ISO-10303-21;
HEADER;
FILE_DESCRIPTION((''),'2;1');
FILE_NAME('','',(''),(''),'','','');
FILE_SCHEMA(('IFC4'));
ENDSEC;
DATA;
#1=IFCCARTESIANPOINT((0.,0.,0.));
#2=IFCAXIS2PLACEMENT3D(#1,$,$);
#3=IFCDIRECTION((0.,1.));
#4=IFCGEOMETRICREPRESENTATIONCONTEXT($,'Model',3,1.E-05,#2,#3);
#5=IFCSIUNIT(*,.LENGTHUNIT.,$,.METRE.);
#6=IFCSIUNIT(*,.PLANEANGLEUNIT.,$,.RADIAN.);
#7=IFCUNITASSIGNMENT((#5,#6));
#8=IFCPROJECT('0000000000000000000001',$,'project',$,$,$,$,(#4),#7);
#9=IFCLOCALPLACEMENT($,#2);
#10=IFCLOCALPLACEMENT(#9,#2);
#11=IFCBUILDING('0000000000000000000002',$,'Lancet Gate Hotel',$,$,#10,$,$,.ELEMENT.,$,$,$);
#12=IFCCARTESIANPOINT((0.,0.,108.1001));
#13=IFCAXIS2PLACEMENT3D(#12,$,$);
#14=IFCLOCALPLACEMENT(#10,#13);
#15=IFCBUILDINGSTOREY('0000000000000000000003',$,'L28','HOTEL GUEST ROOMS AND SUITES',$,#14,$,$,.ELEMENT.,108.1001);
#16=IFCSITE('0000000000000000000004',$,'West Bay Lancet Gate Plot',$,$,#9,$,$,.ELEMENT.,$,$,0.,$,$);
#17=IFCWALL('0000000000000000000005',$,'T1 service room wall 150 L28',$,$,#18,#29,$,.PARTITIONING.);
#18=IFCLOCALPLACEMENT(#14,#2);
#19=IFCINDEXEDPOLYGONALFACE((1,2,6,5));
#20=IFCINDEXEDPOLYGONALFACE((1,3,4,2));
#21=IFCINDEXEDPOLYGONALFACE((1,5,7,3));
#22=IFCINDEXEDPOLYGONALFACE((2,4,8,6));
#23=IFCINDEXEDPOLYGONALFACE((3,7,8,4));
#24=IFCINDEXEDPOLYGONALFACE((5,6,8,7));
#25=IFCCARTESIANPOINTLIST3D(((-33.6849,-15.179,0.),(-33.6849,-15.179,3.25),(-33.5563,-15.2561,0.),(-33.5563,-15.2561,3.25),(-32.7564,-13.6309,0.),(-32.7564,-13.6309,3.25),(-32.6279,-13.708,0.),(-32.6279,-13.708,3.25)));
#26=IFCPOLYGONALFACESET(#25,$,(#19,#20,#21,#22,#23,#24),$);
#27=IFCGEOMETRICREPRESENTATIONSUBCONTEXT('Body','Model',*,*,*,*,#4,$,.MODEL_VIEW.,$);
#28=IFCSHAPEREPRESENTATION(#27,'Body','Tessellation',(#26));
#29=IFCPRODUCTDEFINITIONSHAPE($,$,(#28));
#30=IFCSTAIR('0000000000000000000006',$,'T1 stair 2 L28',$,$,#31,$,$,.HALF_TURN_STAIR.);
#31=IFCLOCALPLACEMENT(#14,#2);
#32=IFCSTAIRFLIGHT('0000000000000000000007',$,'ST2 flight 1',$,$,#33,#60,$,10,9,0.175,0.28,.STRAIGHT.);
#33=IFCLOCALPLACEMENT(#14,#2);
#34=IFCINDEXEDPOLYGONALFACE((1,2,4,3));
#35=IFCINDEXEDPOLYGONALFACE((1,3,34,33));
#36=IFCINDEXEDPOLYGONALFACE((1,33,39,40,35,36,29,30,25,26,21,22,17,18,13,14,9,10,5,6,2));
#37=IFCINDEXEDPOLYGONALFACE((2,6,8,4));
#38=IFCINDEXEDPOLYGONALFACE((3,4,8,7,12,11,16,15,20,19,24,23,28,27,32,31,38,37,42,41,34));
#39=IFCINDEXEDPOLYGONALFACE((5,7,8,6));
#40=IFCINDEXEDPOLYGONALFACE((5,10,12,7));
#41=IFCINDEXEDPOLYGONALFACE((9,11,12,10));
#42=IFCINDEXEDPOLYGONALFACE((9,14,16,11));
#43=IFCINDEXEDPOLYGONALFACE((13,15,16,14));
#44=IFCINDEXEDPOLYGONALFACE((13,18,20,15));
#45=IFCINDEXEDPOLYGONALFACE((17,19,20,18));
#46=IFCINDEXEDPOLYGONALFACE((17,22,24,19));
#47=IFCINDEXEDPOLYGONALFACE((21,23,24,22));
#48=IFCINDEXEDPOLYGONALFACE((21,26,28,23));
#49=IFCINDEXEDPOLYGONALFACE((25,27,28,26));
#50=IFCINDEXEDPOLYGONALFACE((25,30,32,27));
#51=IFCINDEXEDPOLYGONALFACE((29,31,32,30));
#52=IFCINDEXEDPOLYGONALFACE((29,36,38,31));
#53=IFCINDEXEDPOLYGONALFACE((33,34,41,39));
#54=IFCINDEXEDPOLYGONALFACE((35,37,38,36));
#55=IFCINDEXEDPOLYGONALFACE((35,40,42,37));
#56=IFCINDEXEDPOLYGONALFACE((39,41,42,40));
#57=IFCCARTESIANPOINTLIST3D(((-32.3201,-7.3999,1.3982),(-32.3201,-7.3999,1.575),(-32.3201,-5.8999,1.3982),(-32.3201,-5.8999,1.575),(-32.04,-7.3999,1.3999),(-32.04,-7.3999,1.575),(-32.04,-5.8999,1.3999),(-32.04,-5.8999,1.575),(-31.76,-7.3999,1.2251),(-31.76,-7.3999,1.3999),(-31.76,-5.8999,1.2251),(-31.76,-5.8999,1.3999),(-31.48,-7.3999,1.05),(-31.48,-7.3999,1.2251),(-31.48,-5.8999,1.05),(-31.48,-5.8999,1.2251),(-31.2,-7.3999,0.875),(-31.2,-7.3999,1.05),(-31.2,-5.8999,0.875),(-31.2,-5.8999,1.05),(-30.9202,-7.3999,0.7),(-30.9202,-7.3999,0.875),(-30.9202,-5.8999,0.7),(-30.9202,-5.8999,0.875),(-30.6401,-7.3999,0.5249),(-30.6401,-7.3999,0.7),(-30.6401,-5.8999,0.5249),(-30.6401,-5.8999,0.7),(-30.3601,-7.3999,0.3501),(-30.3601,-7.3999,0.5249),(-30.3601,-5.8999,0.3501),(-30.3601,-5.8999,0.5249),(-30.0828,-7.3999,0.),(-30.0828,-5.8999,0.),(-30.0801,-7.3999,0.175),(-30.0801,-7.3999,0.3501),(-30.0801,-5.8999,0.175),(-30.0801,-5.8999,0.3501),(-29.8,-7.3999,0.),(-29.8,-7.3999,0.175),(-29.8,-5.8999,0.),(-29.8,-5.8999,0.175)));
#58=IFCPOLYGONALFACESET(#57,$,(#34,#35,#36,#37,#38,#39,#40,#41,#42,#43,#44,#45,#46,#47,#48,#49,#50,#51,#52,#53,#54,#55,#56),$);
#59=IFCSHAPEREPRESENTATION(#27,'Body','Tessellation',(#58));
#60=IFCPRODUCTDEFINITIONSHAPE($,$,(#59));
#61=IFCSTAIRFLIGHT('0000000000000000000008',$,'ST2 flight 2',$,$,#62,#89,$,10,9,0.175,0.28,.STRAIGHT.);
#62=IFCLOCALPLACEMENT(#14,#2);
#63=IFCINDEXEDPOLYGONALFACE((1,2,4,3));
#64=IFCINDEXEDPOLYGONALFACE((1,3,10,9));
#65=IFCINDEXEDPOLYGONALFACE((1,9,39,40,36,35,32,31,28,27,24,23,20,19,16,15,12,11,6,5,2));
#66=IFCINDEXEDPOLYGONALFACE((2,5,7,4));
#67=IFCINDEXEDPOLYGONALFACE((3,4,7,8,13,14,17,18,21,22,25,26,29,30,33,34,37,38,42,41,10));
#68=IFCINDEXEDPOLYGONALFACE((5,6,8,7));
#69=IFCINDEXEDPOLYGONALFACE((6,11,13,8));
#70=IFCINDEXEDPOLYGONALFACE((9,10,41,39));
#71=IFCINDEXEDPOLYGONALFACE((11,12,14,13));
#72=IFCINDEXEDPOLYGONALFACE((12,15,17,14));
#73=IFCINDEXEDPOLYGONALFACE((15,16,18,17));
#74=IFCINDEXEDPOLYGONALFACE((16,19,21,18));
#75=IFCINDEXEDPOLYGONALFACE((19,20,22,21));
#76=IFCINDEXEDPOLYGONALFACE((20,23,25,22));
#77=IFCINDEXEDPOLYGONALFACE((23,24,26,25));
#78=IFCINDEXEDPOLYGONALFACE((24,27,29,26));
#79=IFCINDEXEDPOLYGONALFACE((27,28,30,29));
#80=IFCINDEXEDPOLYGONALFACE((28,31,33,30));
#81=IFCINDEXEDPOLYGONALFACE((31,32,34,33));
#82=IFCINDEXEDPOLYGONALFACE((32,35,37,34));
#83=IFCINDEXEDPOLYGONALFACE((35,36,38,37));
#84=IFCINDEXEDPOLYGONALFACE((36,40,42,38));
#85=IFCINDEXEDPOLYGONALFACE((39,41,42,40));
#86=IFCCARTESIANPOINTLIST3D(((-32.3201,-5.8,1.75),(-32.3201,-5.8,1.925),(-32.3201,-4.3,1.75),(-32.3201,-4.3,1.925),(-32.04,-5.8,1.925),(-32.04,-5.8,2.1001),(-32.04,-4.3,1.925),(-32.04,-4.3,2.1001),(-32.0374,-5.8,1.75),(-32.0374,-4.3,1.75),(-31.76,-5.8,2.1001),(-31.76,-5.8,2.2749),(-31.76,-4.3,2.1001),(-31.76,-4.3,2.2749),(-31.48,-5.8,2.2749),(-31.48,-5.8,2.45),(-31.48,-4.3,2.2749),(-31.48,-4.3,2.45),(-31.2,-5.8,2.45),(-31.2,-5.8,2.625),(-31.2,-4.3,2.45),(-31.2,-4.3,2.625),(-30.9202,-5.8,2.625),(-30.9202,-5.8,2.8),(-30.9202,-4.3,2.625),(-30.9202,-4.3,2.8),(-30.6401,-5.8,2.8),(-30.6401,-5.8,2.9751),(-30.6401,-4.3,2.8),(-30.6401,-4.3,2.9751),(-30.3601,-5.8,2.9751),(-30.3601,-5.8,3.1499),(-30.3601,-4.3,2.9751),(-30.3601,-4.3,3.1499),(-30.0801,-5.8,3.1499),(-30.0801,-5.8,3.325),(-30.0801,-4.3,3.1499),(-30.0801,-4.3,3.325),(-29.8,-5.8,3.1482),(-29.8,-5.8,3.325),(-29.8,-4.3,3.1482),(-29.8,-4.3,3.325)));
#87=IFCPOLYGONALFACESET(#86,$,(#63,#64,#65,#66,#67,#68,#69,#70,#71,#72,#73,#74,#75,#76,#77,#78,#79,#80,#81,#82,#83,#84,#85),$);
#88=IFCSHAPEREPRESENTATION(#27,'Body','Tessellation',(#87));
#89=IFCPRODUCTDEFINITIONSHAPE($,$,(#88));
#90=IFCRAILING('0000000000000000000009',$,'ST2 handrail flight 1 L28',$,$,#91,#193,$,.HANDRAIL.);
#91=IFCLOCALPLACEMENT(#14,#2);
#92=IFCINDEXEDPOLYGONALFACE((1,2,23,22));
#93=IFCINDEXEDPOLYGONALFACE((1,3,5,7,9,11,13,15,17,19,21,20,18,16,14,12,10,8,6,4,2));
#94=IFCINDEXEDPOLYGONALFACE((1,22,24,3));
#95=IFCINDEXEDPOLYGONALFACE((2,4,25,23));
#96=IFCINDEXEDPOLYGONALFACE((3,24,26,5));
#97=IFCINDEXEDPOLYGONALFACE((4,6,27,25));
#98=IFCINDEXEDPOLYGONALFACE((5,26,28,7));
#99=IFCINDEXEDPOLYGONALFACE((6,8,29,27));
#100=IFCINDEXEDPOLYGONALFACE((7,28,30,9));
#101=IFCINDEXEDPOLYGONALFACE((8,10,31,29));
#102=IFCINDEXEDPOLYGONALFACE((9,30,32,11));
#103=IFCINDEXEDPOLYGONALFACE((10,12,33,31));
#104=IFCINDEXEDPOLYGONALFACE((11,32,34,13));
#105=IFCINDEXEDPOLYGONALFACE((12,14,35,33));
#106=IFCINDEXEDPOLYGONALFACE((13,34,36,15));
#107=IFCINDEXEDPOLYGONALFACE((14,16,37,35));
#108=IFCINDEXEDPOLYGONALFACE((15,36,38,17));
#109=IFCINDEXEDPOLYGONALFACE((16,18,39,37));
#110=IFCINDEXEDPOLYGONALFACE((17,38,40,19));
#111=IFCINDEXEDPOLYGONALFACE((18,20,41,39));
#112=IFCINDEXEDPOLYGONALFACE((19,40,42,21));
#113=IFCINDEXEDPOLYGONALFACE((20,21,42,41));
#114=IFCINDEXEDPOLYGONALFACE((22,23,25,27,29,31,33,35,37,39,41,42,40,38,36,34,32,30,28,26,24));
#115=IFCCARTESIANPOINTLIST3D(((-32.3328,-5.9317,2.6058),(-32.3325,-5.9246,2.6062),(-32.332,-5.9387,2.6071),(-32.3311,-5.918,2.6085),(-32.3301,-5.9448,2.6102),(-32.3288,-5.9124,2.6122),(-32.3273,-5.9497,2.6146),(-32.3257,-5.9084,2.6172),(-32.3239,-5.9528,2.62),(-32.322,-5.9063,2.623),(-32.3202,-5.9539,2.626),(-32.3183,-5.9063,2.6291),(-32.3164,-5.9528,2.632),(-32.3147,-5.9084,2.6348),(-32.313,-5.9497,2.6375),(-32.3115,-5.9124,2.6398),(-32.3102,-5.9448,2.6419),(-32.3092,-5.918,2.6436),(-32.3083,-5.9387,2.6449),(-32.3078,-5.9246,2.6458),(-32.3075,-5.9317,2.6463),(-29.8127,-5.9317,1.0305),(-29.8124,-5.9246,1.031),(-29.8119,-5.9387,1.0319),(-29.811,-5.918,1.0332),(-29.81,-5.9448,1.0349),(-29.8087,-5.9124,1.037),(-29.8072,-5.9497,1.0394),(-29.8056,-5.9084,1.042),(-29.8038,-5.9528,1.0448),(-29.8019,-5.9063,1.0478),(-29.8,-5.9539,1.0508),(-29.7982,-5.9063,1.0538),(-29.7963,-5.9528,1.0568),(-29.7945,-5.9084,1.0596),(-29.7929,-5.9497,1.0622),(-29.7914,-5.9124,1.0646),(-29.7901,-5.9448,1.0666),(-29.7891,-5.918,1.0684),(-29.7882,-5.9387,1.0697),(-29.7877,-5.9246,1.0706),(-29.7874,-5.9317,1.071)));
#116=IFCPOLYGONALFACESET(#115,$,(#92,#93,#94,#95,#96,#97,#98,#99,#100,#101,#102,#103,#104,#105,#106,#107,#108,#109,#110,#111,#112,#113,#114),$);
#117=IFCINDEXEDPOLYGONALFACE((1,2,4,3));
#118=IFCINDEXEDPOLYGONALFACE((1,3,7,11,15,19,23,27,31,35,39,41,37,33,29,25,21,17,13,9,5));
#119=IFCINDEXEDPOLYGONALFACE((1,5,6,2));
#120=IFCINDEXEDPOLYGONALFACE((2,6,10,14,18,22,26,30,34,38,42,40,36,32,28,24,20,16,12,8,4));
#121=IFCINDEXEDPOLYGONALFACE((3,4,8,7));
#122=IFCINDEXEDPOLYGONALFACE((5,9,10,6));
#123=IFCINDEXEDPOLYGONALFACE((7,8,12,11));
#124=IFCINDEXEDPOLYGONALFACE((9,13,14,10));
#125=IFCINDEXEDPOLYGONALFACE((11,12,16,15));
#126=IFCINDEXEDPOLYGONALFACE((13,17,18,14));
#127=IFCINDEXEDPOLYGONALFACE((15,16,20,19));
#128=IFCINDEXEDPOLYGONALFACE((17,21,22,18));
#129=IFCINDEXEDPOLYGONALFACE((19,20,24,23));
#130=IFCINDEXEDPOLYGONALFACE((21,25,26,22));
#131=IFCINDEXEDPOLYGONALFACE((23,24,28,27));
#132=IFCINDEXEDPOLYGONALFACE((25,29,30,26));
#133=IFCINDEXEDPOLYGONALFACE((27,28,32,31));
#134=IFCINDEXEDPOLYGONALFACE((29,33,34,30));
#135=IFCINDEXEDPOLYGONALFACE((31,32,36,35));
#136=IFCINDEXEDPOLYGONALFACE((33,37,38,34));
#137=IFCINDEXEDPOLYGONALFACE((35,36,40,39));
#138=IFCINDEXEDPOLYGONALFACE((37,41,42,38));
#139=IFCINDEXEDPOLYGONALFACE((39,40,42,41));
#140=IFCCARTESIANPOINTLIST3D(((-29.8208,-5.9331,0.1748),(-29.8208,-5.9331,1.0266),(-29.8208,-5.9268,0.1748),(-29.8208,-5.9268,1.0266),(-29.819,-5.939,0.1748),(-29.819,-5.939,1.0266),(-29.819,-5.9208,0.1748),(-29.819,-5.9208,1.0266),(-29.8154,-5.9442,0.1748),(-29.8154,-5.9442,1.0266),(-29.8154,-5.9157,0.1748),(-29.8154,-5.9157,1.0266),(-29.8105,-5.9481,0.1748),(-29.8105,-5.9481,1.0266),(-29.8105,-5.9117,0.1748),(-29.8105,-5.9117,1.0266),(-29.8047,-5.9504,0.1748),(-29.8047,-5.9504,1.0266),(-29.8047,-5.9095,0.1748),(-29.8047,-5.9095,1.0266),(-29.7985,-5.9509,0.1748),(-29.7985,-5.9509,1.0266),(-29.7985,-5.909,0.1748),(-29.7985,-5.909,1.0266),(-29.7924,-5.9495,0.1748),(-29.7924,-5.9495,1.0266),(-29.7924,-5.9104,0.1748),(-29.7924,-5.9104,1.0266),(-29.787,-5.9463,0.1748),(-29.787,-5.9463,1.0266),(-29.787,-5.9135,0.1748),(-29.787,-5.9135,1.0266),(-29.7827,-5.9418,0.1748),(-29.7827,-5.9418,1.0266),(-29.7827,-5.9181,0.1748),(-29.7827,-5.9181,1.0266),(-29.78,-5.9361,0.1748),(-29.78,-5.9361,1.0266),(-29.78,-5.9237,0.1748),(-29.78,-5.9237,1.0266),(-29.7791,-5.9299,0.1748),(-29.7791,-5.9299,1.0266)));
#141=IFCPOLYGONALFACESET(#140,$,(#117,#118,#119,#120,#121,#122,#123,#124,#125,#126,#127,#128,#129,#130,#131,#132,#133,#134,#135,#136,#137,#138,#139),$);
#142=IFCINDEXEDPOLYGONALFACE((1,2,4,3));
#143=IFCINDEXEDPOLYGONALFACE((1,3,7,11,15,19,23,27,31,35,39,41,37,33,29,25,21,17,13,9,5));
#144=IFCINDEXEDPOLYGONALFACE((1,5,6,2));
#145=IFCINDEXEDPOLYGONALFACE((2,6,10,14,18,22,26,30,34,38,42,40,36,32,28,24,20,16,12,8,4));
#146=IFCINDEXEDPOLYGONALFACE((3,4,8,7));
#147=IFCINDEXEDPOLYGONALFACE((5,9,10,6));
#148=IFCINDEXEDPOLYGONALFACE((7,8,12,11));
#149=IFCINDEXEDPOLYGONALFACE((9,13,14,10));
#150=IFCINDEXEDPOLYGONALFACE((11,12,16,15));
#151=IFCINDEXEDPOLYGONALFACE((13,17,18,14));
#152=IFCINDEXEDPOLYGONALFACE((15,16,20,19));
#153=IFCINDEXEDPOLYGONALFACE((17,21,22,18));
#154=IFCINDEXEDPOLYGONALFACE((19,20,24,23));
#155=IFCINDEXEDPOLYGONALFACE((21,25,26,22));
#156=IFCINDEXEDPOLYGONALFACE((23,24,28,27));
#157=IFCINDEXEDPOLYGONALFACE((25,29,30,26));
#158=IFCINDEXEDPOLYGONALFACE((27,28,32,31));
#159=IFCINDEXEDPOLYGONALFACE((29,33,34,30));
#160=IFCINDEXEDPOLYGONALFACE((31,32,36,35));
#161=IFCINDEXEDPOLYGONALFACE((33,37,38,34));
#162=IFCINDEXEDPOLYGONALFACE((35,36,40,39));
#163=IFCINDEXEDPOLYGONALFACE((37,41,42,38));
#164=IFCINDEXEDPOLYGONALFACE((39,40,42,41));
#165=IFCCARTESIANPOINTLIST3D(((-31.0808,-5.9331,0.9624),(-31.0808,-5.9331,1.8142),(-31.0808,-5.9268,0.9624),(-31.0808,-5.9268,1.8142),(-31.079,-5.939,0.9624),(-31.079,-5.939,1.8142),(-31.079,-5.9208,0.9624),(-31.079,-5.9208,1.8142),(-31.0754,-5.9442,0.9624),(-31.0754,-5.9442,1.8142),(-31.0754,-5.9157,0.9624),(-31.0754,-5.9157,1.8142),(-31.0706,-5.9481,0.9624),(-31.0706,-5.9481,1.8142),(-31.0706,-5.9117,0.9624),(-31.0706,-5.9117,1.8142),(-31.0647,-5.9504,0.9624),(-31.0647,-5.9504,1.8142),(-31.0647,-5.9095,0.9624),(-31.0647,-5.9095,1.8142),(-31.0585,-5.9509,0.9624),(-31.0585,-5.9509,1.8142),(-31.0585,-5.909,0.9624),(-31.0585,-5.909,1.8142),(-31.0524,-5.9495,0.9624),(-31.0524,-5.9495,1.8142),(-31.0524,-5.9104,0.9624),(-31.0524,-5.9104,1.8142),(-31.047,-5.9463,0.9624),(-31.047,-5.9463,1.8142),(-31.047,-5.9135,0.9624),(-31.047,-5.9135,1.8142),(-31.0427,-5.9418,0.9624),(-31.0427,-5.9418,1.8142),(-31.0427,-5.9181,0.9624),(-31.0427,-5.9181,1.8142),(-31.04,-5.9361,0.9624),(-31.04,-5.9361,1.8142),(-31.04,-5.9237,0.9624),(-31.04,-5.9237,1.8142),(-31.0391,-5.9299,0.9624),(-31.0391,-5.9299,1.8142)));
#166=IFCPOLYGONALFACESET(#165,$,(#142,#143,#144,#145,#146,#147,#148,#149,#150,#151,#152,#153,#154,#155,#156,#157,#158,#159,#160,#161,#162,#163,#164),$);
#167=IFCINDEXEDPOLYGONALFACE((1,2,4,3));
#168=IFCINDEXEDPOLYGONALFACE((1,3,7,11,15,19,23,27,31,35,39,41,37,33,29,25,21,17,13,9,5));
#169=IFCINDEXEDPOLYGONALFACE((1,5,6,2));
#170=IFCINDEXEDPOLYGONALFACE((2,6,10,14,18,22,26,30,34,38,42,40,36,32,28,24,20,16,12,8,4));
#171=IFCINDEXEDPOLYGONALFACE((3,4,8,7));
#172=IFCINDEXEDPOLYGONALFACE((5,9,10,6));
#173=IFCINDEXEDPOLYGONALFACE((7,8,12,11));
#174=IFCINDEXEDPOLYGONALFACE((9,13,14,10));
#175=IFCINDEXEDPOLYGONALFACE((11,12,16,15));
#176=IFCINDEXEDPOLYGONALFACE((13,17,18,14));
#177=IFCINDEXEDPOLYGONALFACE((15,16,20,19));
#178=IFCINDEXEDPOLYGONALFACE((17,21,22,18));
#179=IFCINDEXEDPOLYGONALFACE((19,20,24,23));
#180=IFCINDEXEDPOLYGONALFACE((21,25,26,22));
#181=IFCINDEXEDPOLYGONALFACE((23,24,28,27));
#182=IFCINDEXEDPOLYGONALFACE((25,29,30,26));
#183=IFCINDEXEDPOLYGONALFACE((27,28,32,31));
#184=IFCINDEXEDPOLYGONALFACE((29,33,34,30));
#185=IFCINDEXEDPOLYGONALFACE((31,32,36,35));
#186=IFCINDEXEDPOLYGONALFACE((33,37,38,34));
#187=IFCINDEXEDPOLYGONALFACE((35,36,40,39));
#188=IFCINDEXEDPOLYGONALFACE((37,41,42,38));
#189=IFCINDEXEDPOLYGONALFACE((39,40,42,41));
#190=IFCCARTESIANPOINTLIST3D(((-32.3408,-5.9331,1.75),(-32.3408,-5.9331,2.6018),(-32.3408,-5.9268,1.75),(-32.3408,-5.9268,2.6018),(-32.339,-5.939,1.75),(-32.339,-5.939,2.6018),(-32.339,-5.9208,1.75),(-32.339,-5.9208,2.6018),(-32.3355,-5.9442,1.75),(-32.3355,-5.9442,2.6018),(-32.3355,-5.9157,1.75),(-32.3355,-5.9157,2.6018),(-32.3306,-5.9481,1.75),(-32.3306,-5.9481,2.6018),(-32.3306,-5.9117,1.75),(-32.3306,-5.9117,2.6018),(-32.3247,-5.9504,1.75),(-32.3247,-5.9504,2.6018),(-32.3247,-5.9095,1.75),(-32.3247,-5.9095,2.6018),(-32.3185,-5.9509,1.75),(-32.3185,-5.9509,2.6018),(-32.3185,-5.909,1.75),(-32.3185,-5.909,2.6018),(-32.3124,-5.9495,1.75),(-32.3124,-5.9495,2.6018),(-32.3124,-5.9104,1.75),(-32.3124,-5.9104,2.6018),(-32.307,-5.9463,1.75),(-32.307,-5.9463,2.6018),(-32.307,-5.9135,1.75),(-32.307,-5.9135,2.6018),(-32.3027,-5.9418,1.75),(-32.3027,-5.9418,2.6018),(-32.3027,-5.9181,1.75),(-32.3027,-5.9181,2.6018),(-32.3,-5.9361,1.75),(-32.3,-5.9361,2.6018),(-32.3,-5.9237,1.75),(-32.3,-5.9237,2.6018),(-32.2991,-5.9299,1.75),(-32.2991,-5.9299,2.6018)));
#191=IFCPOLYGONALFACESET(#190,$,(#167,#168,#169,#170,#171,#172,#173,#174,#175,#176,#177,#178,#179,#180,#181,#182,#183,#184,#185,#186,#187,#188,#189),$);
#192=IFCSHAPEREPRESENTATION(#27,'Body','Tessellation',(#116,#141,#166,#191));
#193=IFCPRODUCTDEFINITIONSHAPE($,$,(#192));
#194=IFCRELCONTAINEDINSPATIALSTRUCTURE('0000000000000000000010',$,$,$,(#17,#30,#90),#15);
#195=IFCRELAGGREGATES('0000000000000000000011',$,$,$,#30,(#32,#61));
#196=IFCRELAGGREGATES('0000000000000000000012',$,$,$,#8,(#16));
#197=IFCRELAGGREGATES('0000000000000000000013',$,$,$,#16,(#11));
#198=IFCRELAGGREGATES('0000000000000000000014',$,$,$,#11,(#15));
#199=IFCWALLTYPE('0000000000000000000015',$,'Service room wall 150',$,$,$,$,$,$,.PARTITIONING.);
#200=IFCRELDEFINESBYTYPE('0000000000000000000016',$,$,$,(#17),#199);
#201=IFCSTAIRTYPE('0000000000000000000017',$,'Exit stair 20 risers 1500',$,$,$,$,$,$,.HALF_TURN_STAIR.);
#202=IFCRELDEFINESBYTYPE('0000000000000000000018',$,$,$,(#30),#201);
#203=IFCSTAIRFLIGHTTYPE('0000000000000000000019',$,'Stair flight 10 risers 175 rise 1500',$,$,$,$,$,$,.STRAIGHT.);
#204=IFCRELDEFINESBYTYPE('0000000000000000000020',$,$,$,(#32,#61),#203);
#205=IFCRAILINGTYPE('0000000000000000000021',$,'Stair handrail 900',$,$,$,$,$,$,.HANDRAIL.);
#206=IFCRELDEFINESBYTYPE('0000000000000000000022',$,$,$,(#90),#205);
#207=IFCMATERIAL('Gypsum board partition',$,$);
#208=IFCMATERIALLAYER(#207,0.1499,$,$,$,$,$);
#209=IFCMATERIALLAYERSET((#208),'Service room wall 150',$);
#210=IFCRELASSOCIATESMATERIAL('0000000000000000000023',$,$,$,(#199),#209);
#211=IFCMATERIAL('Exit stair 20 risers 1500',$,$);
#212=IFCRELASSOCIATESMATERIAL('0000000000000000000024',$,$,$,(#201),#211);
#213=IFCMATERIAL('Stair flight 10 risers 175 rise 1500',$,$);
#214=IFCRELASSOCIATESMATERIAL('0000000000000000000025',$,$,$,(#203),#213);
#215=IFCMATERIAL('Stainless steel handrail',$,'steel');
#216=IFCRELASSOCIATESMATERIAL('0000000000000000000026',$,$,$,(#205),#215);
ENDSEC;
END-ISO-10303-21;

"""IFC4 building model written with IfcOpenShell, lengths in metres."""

from ifc_helpers import new_model, si_unit, direction, frame, frame_2d, origin, origin_2d, place, context, subcontext, project, spatial, polyline, rectangle, circle, outline, extrude, material, layer, layer_set, type_object, element, aggregate, save


model = new_model("IFC4")

# Units and contexts
model_context = context("Model", 3, precision=1e-05, world=origin(), true_north=direction((0.0, 1.0)))
body_context = subcontext(model_context, "Body", "Model", "MODEL_VIEW")
ifc_project = project(units=[si_unit("LENGTHUNIT", "METRE"), si_unit("PLANEANGLEUNIT", "RADIAN")], contexts=[model_context])

# Site, building, storey
site_placement = place(None, origin())
site = spatial("IfcSite", under=ifc_project, at=site_placement, Name="West Bay Lancet Gate Plot", CompositionType="ELEMENT", RefElevation=0.0)
building_placement = place(site_placement, origin())
building = spatial("IfcBuilding", under=site, at=building_placement, Name="Lancet Gate Hotel", CompositionType="ELEMENT")
storey_placement = place(building_placement, frame((0.0, 0.0, 108.1001)))
storey = spatial("IfcBuildingStorey", under=building, at=storey_placement, Name="L28", Description="HOTEL GUEST ROOMS AND SUITES", CompositionType="ELEMENT", Elevation=108.1001)

# Wall
ifc_material_1 = material(Name="Gypsum board partition")
ifc_layer_1 = layer(ifc_material_1, 0.1499)
ifc_layer_set_1 = layer_set([ifc_layer_1], Name="Service room wall 150")
wall_type_1 = type_object("IfcWallType", Name="Service room wall 150", PredefinedType="PARTITIONING", material=ifc_layer_set_1)
wall_1_placement = place(storey_placement, frame((-33.6206, -15.2175, 0.0), z_axis=(0.0, 0.0, 1.0), x_axis=(0.514337, 0.857588, 0.0)))
element("IfcWall", 1, at=wall_1_placement, inside=storey, type_object=wall_type_1, Name="T1 service room wall 150 L28", PredefinedType="PARTITIONING", context=body_context, shape_type="SweptSolid", body=[
    extrude(rectangle(XDim=1.8052, YDim=0.1499, at=frame_2d((0.9026, 0.0))), origin(), (0.0, 0.0, 1.0), 3.25),
])

# Stair, stair flights
ifc_material_2 = material(Name="Exit stair 20 risers 1500")
stair_type = type_object("IfcStairType", Name="Exit stair 20 risers 1500", PredefinedType="HALF_TURN_STAIR", material=ifc_material_2)
stair_placement = place(storey_placement, origin())
stair = element("IfcStair", 2, at=stair_placement, inside=storey, type_object=stair_type, Name="T1 stair 2 L28", PredefinedType="HALF_TURN_STAIR")
ifc_material_3 = material(Name="Stair flight 10 risers 175 rise 1500")
stair_flight_type = type_object("IfcStairFlightType", Name="Stair flight 10 risers 175 rise 1500", PredefinedType="STRAIGHT", material=ifc_material_3)
stair_flight_1_placement = place(storey_placement, frame((-29.8, -6.6499, 0.0), z_axis=(0.0, 0.0, 1.0), x_axis=(-1.0, 0.0, 0.0)))
stair_flight_1 = element("IfcStairFlight", 3, at=stair_flight_1_placement, type_object=stair_flight_type, Name="ST2 flight 1", NumberOfRisers=10, NumberOfTreads=9, PredefinedType="STRAIGHT", RiserHeight=0.175, TreadLength=0.28, context=body_context, shape_type="SweptSolid", body=[
    extrude(outline(polyline([(0.0, 0.0), (0.0, 0.175), (0.28, 0.175), (0.28, 0.3501), (0.5601, 0.3501), (0.5601, 0.5249), (0.8401, 0.5249), (0.8401, 0.7), (1.1201, 0.7), (1.1201, 0.875), (1.3999, 0.875), (1.3999, 1.05), (1.6799, 1.05), (1.6799, 1.2251), (1.96, 1.2251), (1.96, 1.3999), (2.24, 1.3999), (2.24, 1.575), (2.52, 1.575), (2.52, 1.75), (2.52, 1.3982), (0.2827, 0.0), (0.0, 0.0)])), frame((0.0, 0.75, 0.0), z_axis=(0.0, -1.0, 0.0), x_axis=(1.0, 0.0, 0.0)), (0.0, 0.0, 1.0), 1.5),
])
stair_flight_2_placement = place(storey_placement, frame((-32.3201, -5.05, 1.75), z_axis=(0.0, 0.0, 1.0), x_axis=(1.0, 0.0, 0.0)))
stair_flight_2 = element("IfcStairFlight", 4, at=stair_flight_2_placement, type_object=stair_flight_type, Name="ST2 flight 2", NumberOfRisers=10, NumberOfTreads=9, PredefinedType="STRAIGHT", RiserHeight=0.175, TreadLength=0.28, context=body_context, shape_type="SweptSolid", body=[
    extrude(outline(polyline([(0.0, 0.0), (0.0, 0.175), (0.28, 0.175), (0.28, 0.3501), (0.5601, 0.3501), (0.5601, 0.5249), (0.8401, 0.5249), (0.8401, 0.7), (1.1201, 0.7), (1.1201, 0.875), (1.3999, 0.875), (1.3999, 1.05), (1.6799, 1.05), (1.6799, 1.2251), (1.96, 1.2251), (1.96, 1.3999), (2.24, 1.3999), (2.24, 1.575), (2.52, 1.575), (2.52, 1.75), (2.52, 1.3982), (0.2827, 0.0), (0.0, 0.0)])), frame((0.0, 0.75, 0.0), z_axis=(0.0, -1.0, 0.0), x_axis=(1.0, 0.0, 0.0)), (0.0, 0.0, 1.0), 1.5),
])
aggregate(stair, [stair_flight_1, stair_flight_2])

# Railing
ifc_material_4 = material(Name="Stainless steel handrail", Category="steel")
railing_type = type_object("IfcRailingType", Name="Stair handrail 900", PredefinedType="HANDRAIL", material=ifc_material_4)
railing_1_placement = place(storey_placement, frame((-29.8, -5.9299, 0.1748)))
element("IfcRailing", 5, at=railing_1_placement, inside=storey, type_object=railing_type, Name="ST2 handrail flight 1 L28", PredefinedType="HANDRAIL", context=body_context, shape_type="SweptSolid", body=[
    extrude(circle(Radius=0.0239, at=origin_2d()), frame((0.0, 0.0, 0.876), z_axis=(-0.847971, 0.0, 0.530043), x_axis=(0.0, -1.0, 0.0)), (0.0, 0.0, 1.0), 2.9719),
    extrude(circle(Radius=0.021, at=origin_2d()), origin(), (0.0, 0.0, 1.0), 0.8518),
    extrude(circle(Radius=0.021, at=origin_2d()), frame((-1.26, 0.0, 0.7876)), (0.0, 0.0, 1.0), 0.8518),
    extrude(circle(Radius=0.021, at=origin_2d()), frame((-2.52, 0.0, 1.5752)), (0.0, 0.0, 1.0), 0.8518),
])

save(model, "model.ifc")
